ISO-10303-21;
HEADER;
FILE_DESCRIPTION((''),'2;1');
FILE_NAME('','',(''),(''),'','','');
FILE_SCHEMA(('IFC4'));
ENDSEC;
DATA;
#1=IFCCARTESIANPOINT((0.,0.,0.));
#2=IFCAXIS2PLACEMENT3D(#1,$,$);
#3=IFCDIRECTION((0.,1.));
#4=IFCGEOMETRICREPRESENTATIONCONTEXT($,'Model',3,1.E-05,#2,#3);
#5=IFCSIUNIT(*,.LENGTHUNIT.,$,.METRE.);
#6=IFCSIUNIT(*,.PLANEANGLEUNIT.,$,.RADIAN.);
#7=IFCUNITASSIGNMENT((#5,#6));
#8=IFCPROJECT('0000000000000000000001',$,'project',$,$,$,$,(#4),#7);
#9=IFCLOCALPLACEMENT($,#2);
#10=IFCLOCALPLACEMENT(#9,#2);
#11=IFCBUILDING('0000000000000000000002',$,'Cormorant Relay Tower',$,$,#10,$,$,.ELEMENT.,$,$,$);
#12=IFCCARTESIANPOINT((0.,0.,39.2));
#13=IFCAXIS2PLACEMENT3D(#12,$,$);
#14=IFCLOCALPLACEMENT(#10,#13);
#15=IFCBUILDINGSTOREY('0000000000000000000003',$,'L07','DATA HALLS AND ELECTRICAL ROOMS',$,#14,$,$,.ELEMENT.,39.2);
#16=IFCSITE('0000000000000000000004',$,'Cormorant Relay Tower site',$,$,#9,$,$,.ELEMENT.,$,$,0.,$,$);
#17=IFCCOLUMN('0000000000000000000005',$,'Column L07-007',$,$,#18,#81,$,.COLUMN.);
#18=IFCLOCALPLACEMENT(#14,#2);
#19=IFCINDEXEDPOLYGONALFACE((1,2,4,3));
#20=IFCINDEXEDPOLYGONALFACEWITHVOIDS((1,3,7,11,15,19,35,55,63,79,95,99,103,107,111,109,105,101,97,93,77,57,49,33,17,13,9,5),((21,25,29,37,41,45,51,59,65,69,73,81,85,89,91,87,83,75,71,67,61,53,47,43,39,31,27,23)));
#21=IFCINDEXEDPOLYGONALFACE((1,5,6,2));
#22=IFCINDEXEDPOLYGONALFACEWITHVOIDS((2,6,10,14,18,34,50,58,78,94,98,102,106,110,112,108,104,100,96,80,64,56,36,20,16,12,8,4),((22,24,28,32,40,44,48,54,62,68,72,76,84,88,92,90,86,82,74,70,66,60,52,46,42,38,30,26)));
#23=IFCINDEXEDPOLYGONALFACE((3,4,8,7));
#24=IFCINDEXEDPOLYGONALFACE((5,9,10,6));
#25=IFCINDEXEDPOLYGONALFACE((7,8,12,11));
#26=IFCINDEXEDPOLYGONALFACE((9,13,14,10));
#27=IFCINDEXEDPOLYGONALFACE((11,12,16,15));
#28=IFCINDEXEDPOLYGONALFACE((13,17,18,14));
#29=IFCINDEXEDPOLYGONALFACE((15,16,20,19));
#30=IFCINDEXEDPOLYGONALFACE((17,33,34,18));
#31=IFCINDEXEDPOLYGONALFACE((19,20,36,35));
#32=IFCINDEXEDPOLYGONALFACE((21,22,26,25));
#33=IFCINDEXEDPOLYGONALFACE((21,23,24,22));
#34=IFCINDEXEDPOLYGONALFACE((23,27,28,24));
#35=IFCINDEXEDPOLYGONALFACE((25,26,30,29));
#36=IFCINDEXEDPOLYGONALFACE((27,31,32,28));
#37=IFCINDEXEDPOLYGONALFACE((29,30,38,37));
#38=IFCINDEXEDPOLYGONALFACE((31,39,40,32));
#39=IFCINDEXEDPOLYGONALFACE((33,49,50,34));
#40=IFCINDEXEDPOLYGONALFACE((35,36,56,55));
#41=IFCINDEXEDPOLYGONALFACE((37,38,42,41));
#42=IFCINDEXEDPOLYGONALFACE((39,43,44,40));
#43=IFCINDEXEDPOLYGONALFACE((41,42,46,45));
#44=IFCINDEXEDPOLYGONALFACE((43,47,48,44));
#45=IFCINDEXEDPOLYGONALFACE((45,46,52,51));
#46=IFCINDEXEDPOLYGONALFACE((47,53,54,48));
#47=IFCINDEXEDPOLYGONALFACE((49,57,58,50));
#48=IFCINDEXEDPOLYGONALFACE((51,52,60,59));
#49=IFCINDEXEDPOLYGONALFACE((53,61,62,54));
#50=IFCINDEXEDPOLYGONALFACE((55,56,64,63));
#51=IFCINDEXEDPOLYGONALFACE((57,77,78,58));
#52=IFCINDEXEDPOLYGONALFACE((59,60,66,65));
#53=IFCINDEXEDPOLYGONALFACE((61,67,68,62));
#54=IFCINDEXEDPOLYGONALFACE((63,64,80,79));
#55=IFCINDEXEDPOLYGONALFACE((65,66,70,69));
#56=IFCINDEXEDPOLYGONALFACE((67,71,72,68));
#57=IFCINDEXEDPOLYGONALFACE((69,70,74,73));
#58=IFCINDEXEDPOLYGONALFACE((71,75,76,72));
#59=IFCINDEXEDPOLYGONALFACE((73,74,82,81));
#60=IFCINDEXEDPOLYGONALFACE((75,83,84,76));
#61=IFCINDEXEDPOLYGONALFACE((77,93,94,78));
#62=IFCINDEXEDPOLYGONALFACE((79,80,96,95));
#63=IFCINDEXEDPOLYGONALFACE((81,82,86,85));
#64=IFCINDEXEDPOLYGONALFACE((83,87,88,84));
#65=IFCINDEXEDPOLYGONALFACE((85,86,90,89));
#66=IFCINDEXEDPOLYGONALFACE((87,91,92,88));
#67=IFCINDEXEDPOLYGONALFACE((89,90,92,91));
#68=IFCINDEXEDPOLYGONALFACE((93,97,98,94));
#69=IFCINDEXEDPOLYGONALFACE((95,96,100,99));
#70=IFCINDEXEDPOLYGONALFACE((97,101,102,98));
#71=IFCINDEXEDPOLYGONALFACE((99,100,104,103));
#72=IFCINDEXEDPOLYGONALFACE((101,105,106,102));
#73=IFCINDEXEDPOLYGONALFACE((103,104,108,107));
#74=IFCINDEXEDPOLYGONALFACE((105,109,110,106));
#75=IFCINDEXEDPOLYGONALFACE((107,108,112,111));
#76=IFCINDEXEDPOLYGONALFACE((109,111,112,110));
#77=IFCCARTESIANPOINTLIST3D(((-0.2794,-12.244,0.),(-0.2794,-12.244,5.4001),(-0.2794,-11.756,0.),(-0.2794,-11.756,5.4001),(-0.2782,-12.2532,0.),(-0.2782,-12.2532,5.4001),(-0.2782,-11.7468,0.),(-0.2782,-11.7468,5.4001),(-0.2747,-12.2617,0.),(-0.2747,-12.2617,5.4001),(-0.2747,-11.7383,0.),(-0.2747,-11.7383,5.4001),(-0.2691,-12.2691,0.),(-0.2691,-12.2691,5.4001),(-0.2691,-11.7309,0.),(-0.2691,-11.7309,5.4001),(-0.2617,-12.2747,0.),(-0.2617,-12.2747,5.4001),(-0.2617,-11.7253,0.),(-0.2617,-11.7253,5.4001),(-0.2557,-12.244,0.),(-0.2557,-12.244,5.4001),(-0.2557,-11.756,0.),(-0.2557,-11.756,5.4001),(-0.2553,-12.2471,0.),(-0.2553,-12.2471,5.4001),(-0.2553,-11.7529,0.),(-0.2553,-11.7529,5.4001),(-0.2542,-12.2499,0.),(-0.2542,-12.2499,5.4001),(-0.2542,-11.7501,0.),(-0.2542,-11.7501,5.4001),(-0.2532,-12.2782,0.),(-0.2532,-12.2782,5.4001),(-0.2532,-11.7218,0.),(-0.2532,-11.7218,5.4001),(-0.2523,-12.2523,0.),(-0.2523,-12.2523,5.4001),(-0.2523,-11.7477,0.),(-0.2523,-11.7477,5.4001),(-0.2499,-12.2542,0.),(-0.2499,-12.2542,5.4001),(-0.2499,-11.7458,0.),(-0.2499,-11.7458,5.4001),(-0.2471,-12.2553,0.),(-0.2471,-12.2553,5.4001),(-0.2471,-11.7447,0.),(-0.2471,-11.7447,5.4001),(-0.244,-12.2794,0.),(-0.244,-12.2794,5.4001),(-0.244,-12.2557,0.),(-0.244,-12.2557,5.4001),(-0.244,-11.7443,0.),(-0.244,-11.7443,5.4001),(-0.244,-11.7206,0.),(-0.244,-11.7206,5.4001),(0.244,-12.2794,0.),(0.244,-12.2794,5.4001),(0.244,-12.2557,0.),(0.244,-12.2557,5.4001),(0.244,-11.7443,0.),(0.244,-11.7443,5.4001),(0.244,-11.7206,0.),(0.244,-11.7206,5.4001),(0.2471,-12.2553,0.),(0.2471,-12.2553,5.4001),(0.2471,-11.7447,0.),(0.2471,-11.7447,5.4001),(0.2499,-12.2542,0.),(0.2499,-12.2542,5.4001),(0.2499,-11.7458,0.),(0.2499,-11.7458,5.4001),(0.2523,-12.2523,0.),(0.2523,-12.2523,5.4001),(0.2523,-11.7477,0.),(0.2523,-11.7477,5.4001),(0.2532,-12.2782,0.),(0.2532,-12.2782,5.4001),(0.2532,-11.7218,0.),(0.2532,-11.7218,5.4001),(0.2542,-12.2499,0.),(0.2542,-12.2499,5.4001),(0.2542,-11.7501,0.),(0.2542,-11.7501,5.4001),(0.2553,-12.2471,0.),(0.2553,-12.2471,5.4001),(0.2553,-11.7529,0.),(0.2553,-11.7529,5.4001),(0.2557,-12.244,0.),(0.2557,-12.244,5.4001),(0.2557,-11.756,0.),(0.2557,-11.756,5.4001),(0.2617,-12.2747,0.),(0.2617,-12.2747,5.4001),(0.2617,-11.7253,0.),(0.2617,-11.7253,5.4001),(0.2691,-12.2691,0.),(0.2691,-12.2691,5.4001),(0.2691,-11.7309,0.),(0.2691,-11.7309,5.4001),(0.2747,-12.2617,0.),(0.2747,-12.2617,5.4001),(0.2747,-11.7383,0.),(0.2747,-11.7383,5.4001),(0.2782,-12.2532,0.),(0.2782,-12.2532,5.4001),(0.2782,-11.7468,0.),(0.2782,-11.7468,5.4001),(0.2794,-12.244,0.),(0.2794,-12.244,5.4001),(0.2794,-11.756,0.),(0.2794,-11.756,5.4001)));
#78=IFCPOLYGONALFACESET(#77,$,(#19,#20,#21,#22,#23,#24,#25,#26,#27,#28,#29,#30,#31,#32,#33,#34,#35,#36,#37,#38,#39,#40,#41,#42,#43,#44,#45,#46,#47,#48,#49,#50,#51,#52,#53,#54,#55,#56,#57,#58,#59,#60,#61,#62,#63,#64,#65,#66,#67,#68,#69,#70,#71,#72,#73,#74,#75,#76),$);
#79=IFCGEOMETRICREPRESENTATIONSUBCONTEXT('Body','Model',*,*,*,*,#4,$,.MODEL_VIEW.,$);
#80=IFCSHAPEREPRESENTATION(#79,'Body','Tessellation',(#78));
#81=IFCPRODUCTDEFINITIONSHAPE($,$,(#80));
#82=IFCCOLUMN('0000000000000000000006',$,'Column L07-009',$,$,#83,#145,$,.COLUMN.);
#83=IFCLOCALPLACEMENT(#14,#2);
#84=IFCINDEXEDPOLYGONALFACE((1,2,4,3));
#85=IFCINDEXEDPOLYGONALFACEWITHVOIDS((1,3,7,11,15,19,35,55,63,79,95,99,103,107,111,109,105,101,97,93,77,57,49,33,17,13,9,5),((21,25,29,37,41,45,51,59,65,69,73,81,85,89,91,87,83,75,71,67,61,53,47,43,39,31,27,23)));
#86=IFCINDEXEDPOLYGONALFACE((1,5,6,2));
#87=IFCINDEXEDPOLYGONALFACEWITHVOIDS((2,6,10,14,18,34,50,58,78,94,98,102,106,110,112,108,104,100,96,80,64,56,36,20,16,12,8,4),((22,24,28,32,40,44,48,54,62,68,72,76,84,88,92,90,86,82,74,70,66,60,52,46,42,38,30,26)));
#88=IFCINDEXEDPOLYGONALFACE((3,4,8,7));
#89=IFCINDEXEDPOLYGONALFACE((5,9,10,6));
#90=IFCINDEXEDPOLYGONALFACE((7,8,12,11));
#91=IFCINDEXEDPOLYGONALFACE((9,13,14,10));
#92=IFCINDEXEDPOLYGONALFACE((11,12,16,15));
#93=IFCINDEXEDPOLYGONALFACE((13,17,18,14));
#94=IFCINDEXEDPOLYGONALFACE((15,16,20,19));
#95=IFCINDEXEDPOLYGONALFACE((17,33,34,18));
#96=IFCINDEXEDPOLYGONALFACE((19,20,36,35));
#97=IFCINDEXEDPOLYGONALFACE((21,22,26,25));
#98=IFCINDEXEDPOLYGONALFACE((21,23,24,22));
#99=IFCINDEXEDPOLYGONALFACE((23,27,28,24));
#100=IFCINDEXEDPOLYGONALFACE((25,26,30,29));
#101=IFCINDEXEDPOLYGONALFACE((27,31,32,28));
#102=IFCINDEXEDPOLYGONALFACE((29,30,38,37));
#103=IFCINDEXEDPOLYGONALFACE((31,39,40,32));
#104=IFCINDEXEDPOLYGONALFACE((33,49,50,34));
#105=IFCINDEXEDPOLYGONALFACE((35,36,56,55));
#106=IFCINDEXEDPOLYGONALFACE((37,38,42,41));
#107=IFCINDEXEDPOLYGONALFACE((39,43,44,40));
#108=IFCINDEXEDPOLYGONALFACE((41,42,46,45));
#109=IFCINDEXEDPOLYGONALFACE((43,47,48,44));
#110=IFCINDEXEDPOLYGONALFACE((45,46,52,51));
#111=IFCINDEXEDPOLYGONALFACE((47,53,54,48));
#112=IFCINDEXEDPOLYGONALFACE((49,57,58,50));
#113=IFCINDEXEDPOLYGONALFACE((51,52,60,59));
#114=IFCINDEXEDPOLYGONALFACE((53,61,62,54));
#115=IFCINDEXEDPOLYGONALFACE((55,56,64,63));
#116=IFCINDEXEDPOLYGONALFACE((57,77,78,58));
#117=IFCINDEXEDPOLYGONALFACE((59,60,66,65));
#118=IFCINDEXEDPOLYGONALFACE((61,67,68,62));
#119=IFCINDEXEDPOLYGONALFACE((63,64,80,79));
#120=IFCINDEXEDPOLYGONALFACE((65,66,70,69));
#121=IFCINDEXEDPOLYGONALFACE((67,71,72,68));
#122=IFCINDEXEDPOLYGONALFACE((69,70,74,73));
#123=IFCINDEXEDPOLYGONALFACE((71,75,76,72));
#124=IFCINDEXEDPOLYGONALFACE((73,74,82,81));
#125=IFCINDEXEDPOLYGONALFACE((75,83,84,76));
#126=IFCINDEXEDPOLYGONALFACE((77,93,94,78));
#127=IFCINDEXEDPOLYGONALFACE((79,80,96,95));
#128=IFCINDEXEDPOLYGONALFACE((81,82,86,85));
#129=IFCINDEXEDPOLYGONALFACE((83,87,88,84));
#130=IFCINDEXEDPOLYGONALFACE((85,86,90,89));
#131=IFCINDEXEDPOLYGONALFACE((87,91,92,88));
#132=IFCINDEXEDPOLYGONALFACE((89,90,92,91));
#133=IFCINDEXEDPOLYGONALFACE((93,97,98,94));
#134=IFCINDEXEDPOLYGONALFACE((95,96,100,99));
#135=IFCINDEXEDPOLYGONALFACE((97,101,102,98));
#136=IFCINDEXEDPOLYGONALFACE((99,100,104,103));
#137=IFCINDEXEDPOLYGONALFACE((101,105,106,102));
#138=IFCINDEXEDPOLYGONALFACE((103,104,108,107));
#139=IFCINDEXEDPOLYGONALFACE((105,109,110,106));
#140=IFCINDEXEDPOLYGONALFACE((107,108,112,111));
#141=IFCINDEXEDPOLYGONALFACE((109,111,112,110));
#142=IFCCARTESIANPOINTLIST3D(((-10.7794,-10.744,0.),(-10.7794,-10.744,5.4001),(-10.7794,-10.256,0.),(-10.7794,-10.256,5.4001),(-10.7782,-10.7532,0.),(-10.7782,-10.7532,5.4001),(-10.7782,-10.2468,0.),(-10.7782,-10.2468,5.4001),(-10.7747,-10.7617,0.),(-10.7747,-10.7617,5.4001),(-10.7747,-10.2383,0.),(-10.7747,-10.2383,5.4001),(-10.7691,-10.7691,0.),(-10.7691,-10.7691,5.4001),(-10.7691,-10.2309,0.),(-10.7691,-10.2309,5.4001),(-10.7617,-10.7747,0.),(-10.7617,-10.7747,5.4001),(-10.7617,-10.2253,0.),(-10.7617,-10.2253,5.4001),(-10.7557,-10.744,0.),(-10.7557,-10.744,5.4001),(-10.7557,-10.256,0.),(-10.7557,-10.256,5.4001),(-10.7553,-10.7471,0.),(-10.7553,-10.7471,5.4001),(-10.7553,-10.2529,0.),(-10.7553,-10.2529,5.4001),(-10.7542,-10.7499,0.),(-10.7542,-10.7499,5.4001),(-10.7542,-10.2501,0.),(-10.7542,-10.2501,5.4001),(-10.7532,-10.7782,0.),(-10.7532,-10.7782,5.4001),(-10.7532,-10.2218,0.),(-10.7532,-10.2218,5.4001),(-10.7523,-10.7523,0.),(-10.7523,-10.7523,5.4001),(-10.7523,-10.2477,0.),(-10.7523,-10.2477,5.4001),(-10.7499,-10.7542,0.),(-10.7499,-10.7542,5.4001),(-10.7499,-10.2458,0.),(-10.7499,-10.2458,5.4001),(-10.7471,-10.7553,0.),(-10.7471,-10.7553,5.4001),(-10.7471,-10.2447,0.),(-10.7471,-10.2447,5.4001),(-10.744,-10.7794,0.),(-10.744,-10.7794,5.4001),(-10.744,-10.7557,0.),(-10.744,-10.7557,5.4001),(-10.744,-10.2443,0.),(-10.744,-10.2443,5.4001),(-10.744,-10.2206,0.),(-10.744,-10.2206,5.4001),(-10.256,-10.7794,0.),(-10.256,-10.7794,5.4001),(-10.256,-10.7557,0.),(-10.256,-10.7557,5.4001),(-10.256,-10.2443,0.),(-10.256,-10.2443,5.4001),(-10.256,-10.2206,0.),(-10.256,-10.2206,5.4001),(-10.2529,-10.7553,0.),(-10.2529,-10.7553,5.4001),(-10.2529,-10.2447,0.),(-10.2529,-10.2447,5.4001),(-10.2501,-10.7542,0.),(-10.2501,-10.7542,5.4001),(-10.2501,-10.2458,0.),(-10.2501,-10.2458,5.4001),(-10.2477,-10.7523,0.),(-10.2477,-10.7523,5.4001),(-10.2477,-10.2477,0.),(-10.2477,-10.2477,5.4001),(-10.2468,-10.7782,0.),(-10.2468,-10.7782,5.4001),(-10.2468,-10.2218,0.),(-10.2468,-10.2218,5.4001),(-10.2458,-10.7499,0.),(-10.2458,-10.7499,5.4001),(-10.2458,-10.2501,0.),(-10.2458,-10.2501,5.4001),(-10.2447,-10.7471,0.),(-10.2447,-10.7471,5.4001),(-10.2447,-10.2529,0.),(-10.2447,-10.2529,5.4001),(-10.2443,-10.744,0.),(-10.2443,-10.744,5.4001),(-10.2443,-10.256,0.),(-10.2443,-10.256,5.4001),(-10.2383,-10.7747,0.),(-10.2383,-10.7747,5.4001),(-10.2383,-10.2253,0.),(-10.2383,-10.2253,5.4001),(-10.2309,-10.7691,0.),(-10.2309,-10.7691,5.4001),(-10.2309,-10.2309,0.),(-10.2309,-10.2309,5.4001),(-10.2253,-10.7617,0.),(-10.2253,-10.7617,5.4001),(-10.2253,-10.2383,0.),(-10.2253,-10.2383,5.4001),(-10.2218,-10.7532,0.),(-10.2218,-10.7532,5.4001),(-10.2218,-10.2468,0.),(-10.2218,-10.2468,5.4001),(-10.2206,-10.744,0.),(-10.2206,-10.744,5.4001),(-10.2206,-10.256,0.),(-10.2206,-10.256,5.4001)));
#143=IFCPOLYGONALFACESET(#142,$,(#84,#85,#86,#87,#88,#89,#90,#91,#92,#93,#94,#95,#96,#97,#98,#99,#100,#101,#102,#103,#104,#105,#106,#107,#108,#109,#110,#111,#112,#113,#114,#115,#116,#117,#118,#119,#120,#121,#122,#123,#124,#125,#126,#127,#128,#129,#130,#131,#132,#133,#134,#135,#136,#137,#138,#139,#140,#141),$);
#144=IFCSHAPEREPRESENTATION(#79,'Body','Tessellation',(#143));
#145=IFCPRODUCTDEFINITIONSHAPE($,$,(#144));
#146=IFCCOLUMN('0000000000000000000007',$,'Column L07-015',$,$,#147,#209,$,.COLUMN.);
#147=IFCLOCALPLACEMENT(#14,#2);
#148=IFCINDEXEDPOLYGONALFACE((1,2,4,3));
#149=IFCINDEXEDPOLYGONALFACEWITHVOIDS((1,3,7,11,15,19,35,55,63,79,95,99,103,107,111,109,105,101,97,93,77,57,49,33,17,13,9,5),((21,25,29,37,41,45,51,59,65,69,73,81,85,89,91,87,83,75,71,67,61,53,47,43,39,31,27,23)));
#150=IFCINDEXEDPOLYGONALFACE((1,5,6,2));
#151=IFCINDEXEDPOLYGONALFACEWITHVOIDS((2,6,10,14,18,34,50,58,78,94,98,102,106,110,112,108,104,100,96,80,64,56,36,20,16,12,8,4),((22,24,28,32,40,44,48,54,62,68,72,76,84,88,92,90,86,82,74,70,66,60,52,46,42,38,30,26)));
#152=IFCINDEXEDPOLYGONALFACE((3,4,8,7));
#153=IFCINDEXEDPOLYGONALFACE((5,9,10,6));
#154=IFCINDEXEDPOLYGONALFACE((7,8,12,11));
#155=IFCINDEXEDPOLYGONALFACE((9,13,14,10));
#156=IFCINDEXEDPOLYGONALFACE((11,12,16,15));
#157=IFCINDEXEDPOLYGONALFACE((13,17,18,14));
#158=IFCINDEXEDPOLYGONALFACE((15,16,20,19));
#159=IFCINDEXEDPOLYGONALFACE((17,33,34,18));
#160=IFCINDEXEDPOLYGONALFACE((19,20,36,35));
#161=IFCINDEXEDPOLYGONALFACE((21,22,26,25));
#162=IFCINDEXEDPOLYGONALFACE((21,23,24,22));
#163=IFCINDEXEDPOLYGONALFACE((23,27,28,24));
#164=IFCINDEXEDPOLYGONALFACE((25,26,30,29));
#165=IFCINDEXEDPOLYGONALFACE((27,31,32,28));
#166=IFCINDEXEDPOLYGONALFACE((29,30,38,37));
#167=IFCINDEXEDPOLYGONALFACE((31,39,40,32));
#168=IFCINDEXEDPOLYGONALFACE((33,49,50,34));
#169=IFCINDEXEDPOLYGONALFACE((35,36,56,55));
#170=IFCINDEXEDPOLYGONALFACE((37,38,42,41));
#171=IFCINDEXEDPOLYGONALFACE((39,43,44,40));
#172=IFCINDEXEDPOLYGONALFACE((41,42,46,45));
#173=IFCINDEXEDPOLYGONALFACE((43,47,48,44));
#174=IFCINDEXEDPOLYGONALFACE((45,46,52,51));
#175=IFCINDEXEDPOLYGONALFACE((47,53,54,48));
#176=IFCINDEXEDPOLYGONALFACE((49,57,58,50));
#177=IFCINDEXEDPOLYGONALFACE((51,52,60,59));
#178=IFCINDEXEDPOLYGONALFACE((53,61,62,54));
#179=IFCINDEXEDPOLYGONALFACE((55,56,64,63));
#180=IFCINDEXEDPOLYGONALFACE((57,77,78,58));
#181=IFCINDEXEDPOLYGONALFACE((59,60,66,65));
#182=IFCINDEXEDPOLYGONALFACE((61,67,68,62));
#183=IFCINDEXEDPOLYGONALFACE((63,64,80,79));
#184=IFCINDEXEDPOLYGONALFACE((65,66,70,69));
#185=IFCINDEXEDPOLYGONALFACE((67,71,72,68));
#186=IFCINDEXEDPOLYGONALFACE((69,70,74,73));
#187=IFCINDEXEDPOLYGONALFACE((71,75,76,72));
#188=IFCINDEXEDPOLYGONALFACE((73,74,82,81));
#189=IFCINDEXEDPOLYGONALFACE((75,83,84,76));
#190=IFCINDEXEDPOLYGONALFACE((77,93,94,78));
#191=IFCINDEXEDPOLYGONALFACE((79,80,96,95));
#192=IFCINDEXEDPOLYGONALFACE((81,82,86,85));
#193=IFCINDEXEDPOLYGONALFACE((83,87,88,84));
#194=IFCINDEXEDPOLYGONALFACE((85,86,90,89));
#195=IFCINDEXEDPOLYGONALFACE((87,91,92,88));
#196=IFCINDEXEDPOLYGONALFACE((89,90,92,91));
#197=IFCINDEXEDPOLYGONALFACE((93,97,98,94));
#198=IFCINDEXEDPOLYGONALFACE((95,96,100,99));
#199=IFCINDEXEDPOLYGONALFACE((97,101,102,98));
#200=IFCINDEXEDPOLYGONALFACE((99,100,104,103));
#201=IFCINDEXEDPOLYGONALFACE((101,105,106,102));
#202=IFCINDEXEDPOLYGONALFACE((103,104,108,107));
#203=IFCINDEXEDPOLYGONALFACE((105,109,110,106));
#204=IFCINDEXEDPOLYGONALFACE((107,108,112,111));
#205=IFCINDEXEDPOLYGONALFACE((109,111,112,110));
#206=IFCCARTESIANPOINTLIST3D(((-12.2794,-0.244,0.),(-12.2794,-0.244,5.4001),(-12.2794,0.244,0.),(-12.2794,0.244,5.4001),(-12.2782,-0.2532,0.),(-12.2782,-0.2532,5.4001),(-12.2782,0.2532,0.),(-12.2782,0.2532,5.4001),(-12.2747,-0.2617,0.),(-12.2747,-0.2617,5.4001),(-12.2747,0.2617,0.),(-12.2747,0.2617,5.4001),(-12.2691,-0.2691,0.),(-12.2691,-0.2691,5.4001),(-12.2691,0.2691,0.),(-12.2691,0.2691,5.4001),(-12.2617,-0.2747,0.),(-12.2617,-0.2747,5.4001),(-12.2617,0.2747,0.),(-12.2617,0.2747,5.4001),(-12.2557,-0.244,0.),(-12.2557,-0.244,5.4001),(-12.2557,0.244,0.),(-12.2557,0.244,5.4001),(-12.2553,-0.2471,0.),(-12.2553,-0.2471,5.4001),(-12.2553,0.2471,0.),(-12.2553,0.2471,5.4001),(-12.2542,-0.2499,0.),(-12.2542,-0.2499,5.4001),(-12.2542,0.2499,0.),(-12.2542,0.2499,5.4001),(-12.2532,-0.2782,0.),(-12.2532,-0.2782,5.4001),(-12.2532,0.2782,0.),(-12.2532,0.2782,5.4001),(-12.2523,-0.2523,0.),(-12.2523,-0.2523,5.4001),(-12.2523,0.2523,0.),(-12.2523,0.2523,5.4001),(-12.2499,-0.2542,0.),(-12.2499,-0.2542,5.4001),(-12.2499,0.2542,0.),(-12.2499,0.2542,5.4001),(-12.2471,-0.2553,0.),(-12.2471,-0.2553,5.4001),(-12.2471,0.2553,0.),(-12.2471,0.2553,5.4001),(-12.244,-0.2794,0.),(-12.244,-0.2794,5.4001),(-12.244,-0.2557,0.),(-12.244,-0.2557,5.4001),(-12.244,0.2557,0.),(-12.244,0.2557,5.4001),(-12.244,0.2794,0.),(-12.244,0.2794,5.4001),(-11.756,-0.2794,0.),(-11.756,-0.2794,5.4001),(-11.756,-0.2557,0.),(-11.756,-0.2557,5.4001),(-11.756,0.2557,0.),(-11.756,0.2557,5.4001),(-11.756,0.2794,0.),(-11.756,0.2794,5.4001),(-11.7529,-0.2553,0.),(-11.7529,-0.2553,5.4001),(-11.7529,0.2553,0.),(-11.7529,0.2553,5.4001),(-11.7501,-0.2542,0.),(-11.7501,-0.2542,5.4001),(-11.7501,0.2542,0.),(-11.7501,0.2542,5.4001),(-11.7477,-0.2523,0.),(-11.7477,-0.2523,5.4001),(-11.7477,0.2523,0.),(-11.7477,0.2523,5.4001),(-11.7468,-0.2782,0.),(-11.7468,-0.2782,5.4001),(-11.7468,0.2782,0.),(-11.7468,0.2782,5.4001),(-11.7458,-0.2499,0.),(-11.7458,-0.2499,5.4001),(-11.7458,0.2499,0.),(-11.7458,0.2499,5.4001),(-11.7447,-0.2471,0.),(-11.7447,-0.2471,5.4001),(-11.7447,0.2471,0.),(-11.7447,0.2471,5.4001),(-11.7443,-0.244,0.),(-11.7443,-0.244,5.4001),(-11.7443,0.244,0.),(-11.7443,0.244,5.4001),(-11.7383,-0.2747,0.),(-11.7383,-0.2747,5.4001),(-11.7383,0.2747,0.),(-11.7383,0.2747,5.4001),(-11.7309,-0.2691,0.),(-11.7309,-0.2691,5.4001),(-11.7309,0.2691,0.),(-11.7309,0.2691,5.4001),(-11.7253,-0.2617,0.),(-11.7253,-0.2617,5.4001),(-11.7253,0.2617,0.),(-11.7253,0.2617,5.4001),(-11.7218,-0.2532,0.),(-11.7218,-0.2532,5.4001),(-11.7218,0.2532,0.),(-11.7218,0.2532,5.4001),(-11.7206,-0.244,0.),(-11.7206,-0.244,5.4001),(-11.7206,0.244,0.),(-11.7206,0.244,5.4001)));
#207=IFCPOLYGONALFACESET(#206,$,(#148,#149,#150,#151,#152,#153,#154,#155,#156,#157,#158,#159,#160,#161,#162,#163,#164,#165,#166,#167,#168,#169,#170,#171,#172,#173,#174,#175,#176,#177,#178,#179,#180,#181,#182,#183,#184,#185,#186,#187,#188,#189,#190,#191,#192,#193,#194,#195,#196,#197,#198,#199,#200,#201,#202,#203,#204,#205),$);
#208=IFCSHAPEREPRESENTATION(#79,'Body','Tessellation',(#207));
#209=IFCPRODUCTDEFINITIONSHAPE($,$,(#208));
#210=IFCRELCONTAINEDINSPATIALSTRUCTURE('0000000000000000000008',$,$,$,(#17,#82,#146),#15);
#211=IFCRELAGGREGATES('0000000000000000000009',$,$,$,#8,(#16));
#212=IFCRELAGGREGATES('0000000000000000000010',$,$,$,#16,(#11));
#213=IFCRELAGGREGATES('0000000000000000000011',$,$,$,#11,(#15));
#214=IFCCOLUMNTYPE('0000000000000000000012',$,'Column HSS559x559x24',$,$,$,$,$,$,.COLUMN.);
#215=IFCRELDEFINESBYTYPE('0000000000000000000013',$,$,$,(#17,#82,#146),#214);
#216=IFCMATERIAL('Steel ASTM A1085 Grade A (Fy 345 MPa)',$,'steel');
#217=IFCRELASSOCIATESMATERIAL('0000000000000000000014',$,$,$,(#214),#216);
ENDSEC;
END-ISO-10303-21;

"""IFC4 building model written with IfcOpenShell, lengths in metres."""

from ifc_helpers import new_model, si_unit, direction, frame, origin, origin_2d, place, context, subcontext, project, spatial, hollow_rectangle, extrude, material, material_profile, profile_set, type_object, element, save


model = new_model("IFC4")

# Units and contexts
model_context = context("Model", 3, precision=1e-05, world=origin(), true_north=direction((0.0, 1.0)))
body_context = subcontext(model_context, "Body", "Model", "MODEL_VIEW")
ifc_project = project(units=[si_unit("LENGTHUNIT", "METRE"), si_unit("PLANEANGLEUNIT", "RADIAN")], contexts=[model_context])

# Site, building, storey
site_placement = place(None, origin())
site = spatial("IfcSite", under=ifc_project, at=site_placement, Name="Cormorant Relay Tower site", CompositionType="ELEMENT", RefElevation=0.0)
building_placement = place(site_placement, origin())
building = spatial("IfcBuilding", under=site, at=building_placement, Name="Cormorant Relay Tower", CompositionType="ELEMENT")
storey_placement = place(building_placement, frame((0.0, 0.0, 39.2)))
storey = spatial("IfcBuildingStorey", under=building, at=storey_placement, Name="L07", Description="DATA HALLS AND ELECTRICAL ROOMS", CompositionType="ELEMENT", Elevation=39.2)

# Columns
ifc_material_1 = material(Name="Steel ASTM A1085 Grade A (Fy 345 MPa)", Category="steel")
ifc_material_profile = material_profile(ifc_material_1, hollow_rectangle(XDim=0.5588, YDim=0.5588, WallThickness=0.0237, InnerFilletRadius=0.0117, OuterFilletRadius=0.0354, at=origin_2d()), Name="HSS559x559x24")
ifc_profile_set = profile_set([ifc_material_profile], Name="Steel ASTM A1085 Grade A (Fy 345 MPa)")
column_type = type_object("IfcColumnType", Name="Column HSS559x559x24", PredefinedType="COLUMN", material=ifc_profile_set)
for number, where, z_axis, x_axis, name in (
    (1, (0.0, -12.0, 0.0), (0.0, 0.0, 1.0), (1.0, 0.0, 0.0), "Column L07-007"),
    (2, (-10.5, -10.5, 0.0), (0.0, 0.0, 1.0), (1.0, 0.0, 0.0), "Column L07-009"),
    (3, (-12.0, 0.0, 0.0), (0.0, 0.0, 1.0), (1.0, 0.0, 0.0), "Column L07-015"),
):
    element("IfcColumn", number, at=place(storey_placement, frame(where, z_axis=z_axis, x_axis=x_axis)), inside=storey, type_object=column_type, Name=name, PredefinedType="COLUMN", context=body_context, shape_type="SweptSolid", body=[
        extrude(hollow_rectangle(XDim=0.5588, YDim=0.5588, WallThickness=0.0237, InnerFilletRadius=0.0117, OuterFilletRadius=0.0354, at=origin_2d()), origin(), (0.0, 0.0, 1.0), 5.4001),
    ])

save(model, "model.ifc")
